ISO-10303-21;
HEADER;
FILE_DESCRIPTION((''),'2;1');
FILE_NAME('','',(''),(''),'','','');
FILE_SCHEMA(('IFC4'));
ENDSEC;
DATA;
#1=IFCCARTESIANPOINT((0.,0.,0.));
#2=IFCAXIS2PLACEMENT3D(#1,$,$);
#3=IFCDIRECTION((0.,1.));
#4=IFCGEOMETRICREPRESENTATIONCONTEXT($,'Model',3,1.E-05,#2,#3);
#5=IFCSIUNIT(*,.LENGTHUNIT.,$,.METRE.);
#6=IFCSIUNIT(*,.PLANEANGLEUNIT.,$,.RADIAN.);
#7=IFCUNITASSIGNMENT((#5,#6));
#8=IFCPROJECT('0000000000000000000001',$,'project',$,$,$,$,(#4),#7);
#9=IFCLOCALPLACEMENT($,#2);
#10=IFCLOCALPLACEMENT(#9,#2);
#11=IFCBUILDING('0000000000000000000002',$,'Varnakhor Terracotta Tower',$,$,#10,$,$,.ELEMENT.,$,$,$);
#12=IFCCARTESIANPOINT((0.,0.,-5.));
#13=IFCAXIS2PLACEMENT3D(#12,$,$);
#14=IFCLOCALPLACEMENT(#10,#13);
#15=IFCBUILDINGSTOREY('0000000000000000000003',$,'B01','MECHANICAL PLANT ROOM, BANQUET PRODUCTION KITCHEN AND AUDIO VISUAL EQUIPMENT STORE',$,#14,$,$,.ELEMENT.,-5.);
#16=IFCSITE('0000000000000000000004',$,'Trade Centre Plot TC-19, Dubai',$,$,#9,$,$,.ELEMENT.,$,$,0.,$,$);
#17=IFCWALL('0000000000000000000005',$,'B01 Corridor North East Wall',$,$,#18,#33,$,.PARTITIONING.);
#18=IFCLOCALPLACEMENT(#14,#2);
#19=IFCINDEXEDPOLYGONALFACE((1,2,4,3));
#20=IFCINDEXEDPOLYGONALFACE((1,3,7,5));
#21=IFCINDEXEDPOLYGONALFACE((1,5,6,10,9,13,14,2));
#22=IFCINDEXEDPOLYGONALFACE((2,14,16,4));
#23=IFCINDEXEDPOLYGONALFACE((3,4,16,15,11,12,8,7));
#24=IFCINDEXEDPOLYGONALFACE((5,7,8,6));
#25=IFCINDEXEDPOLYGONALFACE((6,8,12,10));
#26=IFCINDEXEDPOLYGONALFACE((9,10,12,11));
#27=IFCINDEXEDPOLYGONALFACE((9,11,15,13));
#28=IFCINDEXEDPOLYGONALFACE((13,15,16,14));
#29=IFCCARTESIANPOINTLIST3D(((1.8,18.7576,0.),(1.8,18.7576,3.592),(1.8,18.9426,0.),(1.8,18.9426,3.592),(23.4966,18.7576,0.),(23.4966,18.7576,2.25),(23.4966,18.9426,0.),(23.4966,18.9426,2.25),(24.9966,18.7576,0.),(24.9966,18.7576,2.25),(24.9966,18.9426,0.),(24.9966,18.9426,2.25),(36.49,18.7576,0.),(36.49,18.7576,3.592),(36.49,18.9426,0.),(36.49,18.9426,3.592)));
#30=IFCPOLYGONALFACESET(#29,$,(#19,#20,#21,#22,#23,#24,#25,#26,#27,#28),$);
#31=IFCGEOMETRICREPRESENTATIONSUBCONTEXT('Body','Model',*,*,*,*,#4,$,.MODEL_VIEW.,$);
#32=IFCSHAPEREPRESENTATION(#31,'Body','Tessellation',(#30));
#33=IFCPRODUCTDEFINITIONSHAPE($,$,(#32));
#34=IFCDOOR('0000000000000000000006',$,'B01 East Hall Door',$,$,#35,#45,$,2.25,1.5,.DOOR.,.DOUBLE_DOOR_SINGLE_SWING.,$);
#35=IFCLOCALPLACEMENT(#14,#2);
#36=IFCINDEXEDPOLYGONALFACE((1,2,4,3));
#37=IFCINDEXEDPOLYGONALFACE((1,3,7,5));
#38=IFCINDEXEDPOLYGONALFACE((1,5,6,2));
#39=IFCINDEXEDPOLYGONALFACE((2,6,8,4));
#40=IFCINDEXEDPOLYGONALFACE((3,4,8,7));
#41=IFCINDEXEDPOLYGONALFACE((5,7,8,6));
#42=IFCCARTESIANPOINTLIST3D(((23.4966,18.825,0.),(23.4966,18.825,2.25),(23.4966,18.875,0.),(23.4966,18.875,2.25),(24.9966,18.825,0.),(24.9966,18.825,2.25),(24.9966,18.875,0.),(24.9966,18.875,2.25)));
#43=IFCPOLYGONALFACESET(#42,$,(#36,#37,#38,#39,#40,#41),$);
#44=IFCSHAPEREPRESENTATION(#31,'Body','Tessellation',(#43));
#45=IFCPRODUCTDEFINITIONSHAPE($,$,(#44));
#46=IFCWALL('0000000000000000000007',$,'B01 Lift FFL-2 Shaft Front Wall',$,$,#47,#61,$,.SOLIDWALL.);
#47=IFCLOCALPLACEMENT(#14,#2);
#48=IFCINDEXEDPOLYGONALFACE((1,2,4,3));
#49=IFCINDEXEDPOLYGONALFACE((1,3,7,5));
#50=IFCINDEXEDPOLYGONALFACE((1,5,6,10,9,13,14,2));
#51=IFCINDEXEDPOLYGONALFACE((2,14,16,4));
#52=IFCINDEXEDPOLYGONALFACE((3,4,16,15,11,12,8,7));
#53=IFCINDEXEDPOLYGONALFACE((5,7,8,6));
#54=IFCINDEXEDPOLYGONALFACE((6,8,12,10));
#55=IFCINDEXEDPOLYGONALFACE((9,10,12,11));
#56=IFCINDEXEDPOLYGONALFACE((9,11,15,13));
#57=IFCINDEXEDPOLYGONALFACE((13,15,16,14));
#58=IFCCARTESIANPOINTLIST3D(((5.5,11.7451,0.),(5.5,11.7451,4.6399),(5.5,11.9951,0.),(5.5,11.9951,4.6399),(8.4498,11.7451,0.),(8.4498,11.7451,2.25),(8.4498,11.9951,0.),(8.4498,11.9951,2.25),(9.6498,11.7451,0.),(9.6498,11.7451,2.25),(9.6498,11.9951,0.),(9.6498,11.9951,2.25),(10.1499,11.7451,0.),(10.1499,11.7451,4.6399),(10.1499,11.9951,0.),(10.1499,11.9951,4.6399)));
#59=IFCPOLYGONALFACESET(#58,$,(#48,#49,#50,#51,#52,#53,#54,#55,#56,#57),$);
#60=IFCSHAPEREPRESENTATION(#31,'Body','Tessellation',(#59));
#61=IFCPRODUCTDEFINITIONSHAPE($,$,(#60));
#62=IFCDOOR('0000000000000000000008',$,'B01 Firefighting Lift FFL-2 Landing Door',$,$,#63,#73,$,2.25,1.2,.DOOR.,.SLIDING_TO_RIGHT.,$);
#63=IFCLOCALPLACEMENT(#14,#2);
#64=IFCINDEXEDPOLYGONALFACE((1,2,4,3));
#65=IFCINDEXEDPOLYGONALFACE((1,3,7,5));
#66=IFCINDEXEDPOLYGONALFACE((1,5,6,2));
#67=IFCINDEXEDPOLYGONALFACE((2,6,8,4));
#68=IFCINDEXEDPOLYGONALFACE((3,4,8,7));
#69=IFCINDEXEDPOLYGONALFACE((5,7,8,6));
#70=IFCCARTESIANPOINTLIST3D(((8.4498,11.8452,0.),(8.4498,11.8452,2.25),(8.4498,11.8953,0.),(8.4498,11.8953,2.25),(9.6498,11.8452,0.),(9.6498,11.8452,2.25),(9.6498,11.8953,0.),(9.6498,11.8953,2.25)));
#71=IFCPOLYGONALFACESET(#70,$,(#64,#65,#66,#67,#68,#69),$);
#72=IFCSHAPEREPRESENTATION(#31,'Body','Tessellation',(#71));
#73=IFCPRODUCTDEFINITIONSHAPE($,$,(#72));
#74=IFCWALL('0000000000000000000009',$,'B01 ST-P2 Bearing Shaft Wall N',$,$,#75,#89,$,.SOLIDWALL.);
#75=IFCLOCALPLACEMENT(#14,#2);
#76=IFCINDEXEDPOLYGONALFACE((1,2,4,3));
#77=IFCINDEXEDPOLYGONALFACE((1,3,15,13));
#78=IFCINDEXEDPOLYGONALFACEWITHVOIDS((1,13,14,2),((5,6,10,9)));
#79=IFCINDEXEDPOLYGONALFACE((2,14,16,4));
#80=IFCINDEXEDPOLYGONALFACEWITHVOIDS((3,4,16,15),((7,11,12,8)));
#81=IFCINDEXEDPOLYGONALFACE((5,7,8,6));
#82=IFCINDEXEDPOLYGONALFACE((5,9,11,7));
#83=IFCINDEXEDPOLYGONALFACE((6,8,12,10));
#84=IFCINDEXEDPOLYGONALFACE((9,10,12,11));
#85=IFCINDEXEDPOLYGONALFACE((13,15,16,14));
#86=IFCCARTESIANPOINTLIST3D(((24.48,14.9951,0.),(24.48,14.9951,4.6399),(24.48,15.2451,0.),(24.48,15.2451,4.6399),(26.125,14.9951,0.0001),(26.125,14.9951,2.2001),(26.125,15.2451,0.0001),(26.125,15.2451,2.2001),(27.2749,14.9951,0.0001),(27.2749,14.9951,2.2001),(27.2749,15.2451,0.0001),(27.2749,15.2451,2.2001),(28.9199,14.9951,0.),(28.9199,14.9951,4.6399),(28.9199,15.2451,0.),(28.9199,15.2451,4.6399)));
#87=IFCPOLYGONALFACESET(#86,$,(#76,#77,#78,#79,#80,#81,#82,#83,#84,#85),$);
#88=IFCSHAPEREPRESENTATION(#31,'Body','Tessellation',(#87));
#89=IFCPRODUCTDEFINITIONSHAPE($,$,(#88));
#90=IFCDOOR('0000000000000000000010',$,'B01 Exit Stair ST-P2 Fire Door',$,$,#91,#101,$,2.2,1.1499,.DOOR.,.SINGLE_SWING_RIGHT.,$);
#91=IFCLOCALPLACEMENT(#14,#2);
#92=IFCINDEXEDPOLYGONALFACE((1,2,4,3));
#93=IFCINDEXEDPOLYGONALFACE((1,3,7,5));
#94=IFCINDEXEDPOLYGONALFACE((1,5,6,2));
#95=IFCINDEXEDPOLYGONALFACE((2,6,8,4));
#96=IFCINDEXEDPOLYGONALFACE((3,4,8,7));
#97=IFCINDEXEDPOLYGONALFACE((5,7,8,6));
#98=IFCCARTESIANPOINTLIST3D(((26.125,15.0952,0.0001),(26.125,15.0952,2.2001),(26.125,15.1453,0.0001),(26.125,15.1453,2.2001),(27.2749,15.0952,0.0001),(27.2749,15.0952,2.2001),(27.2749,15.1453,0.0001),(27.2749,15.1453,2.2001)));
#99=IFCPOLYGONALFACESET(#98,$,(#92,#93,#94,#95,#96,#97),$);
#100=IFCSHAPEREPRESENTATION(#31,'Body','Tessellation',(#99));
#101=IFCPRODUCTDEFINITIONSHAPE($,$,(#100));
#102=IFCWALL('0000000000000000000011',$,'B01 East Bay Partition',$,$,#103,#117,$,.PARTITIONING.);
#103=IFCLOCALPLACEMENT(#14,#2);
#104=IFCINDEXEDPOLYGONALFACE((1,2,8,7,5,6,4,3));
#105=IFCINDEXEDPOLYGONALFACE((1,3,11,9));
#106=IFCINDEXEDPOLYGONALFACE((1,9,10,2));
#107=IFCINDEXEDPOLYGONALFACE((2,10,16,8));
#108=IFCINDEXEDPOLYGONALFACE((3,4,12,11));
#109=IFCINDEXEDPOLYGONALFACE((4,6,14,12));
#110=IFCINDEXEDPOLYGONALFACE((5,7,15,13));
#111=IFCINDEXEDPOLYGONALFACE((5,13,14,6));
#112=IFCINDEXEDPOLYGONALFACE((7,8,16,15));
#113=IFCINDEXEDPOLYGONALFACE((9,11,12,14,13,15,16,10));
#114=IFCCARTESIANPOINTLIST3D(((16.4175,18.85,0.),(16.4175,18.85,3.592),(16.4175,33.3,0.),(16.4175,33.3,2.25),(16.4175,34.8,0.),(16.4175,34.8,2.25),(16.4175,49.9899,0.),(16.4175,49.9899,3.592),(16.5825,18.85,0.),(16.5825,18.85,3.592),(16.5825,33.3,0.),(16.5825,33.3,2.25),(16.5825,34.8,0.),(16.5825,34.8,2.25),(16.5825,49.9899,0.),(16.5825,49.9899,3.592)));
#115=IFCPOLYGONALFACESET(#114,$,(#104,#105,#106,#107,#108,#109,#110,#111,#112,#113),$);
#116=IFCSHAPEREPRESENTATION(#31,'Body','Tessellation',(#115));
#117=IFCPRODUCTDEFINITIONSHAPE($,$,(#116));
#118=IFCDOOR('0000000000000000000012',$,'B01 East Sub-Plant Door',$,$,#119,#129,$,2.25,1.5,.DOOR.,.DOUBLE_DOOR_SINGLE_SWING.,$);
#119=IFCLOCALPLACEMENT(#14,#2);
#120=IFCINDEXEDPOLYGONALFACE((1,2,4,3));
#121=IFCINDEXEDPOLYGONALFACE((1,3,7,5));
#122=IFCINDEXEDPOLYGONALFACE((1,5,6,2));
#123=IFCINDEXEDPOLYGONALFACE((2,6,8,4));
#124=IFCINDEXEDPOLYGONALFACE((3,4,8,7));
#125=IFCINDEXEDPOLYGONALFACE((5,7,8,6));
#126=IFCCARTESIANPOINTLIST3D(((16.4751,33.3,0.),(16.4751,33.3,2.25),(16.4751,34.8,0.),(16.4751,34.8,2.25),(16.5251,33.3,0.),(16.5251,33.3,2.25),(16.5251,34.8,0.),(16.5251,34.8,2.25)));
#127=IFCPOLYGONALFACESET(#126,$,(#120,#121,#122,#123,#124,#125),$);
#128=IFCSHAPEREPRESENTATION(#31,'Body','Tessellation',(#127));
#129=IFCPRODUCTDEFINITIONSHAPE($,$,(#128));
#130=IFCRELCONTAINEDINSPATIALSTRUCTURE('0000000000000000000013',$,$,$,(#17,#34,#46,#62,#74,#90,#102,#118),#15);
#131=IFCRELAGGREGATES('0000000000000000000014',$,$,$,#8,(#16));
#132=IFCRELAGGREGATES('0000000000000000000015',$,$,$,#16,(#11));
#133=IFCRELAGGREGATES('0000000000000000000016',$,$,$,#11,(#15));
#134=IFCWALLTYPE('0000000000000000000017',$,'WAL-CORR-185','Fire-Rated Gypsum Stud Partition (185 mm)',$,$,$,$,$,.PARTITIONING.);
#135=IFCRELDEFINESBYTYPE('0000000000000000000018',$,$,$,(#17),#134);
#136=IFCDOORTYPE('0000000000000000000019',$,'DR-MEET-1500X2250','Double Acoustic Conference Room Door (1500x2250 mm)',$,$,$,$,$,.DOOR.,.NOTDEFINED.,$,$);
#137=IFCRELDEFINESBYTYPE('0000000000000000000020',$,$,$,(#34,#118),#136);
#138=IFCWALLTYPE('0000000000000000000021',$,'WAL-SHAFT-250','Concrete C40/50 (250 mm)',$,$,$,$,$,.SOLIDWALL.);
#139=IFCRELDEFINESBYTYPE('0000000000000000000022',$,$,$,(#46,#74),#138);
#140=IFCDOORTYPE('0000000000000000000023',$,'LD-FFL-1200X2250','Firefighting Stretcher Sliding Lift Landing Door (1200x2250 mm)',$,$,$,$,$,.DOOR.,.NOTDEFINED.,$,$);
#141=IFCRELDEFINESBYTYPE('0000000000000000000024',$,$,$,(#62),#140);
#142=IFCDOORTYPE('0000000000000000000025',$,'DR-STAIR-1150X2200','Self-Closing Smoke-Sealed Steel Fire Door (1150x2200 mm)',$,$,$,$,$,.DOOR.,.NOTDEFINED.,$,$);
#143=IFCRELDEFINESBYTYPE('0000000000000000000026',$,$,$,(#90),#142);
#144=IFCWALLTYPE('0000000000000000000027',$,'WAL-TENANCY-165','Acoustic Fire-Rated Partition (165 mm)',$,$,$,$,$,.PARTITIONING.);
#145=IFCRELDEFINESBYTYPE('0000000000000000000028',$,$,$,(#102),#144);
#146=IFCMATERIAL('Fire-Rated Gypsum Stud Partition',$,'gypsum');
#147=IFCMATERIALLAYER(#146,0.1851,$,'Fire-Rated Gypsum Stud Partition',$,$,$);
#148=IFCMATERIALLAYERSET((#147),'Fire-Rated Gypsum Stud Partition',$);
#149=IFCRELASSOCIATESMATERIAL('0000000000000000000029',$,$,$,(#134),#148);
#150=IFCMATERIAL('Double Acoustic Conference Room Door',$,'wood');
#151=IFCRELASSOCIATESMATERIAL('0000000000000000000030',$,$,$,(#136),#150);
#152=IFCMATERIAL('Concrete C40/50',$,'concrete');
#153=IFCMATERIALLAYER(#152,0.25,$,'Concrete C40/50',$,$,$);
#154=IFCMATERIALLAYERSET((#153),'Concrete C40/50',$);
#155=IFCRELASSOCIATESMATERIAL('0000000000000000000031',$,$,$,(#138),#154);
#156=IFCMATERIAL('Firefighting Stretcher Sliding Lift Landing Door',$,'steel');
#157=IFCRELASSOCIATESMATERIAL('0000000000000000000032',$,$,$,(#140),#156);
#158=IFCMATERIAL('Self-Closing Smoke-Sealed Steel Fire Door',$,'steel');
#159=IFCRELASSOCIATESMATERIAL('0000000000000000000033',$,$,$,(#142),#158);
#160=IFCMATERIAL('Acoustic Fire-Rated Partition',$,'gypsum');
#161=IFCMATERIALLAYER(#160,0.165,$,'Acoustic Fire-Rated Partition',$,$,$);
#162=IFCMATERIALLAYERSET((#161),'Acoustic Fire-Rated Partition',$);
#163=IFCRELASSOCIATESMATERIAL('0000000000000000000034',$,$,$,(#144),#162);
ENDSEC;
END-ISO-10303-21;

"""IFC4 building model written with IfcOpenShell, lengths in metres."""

from ifc_helpers import new_model, si_unit, direction, frame, frame_2d, origin, place, context, subcontext, project, spatial, rectangle, extrude, source, transform, mapped, material, layer, layer_set, type_object, type_shapes, element, fill, save


model = new_model("IFC4")

# Units and contexts
model_context = context("Model", 3, precision=1e-05, world=origin(), true_north=direction((0.0, 1.0)))
body_context = subcontext(model_context, "Body", "Model", "MODEL_VIEW")
ifc_project = project(units=[si_unit("LENGTHUNIT", "METRE"), si_unit("PLANEANGLEUNIT", "RADIAN")], contexts=[model_context])

# Site, building, storey
site_placement = place(None, origin())
site = spatial("IfcSite", under=ifc_project, at=site_placement, Name="Trade Centre Plot TC-19, Dubai", CompositionType="ELEMENT", RefElevation=0.0)
building_placement = place(site_placement, origin())
building = spatial("IfcBuilding", under=site, at=building_placement, Name="Varnakhor Terracotta Tower", CompositionType="ELEMENT")
storey_placement = place(building_placement, frame((0.0, 0.0, -5.0)))
storey = spatial("IfcBuildingStorey", under=building, at=storey_placement, Name="B01", Description="MECHANICAL PLANT ROOM, BANQUET PRODUCTION KITCHEN AND AUDIO VISUAL EQUIPMENT STORE", CompositionType="ELEMENT", Elevation=-5.0)

# Walls, openings, doors
ifc_material_1 = material(Name="Fire-Rated Gypsum Stud Partition", Category="gypsum")
ifc_layer_1 = layer(ifc_material_1, 0.1851, Name="Fire-Rated Gypsum Stud Partition")
ifc_layer_set_1 = layer_set([ifc_layer_1], Name="Fire-Rated Gypsum Stud Partition")
wall_type_1 = type_object("IfcWallType", Name="WAL-CORR-185", Description="Fire-Rated Gypsum Stud Partition (185 mm)", PredefinedType="PARTITIONING", material=ifc_layer_set_1)
ifc_material_2 = material(Name="Double Acoustic Conference Room Door", Category="wood")
door_type_1 = type_object("IfcDoorType", Name="DR-MEET-1500X2250", Description="Double Acoustic Conference Room Door (1500x2250 mm)", OperationType="NOTDEFINED", PredefinedType="DOOR", material=ifc_material_2)
shared_shape_1 = source(origin(), body_context, "Body", "SweptSolid", [
    extrude(rectangle(XDim=1.5, YDim=2.25, at=frame_2d((0.75, 1.125))), frame((0.0, 0.0249, 0.0), z_axis=(0.0, -1.0, 0.0), x_axis=(1.0, 0.0, 0.0)), (0.0, 0.0, 1.0), 0.05),
])
type_shapes(door_type_1, [shared_shape_1])
wall_1_placement = place(storey_placement, frame((1.8, 18.8501, 0.0), z_axis=(0.0, 0.0, 1.0), x_axis=(1.0, 0.0, 0.0)))
wall_1 = element("IfcWall", 1, at=wall_1_placement, inside=storey, type_object=wall_type_1, Name="B01 Corridor North East Wall", PredefinedType="PARTITIONING", context=body_context, shape_type="SweptSolid", body=[
    extrude(rectangle(XDim=34.6899, YDim=0.1851, at=frame_2d((17.345, 0.0))), origin(), (0.0, 0.0, 1.0), 3.592),
])
opening_1_placement = place(wall_1_placement, frame((21.6965, 0.0, 0.0)))
opening_1 = element("IfcOpeningElement", 2, at=opening_1_placement, cuts=wall_1, PredefinedType="OPENING", context=body_context, shape_type="SweptSolid", body=[
    extrude(rectangle(XDim=1.5, YDim=2.25, at=frame_2d((0.75, 1.125))), frame((0.0, 0.1025, 0.0), z_axis=(0.0, -1.0, 0.0), x_axis=(1.0, 0.0, 0.0)), (0.0, 0.0, 1.0), 0.2051),
])
door_1_placement = place(opening_1_placement, origin())
door_1 = element("IfcDoor", 3, at=door_1_placement, inside=storey, type_object=door_type_1, Name="B01 East Hall Door", OperationType="DOUBLE_DOOR_SINGLE_SWING", OverallHeight=2.25, OverallWidth=1.5, PredefinedType="DOOR", context=body_context, shape_type="MappedRepresentation", body=[
    mapped(shared_shape_1, transform((0.0, 0.0, 0.0), scale=1.0)),
])
fill(opening_1, door_1)
ifc_material_3 = material(Name="Concrete C40/50", Category="concrete")
ifc_layer_2 = layer(ifc_material_3, 0.25, Name="Concrete C40/50")
ifc_layer_set_2 = layer_set([ifc_layer_2], Name="Concrete C40/50")
wall_type_2 = type_object("IfcWallType", Name="WAL-SHAFT-250", Description="Concrete C40/50 (250 mm)", PredefinedType="SOLIDWALL", material=ifc_layer_set_2)
wall_2_placement = place(storey_placement, frame((10.1499, 11.8701, 0.0), z_axis=(0.0, 0.0, 1.0), x_axis=(-1.0, 0.0, 0.0)))
wall_2 = element("IfcWall", 4, at=wall_2_placement, inside=storey, type_object=wall_type_2, Name="B01 Lift FFL-2 Shaft Front Wall", PredefinedType="SOLIDWALL", context=body_context, shape_type="SweptSolid", body=[
    extrude(rectangle(XDim=4.6499, YDim=0.25, at=frame_2d((2.325, 0.0))), origin(), (0.0, 0.0, 1.0), 4.6399),
])
opening_2_placement = place(wall_2_placement, frame((0.5, 0.0, 0.0)))
opening_2 = element("IfcOpeningElement", 5, at=opening_2_placement, cuts=wall_2, PredefinedType="OPENING", context=body_context, shape_type="SweptSolid", body=[
    extrude(rectangle(XDim=1.2, YDim=2.25, at=frame_2d((0.6001, 1.125))), frame((0.0, 0.135, 0.0), z_axis=(0.0, -1.0, 0.0), x_axis=(1.0, 0.0, 0.0)), (0.0, 0.0, 1.0), 0.27),
])
ifc_material_4 = material(Name="Firefighting Stretcher Sliding Lift Landing Door", Category="steel")
door_type_2 = type_object("IfcDoorType", Name="LD-FFL-1200X2250", Description="Firefighting Stretcher Sliding Lift Landing Door (1200x2250 mm)", OperationType="NOTDEFINED", PredefinedType="DOOR", material=ifc_material_4)
shared_shape_2 = source(origin(), body_context, "Body", "SweptSolid", [
    extrude(rectangle(XDim=1.2, YDim=2.25, at=frame_2d((0.6001, 1.125))), frame((0.0, 0.0249, 0.0), z_axis=(0.0, -1.0, 0.0), x_axis=(1.0, 0.0, 0.0)), (0.0, 0.0, 1.0), 0.05),
])
type_shapes(door_type_2, [shared_shape_2])
door_2_placement = place(opening_2_placement, origin())
door_2 = element("IfcDoor", 6, at=door_2_placement, inside=storey, type_object=door_type_2, Name="B01 Firefighting Lift FFL-2 Landing Door", OperationType="SLIDING_TO_RIGHT", OverallHeight=2.25, OverallWidth=1.2, PredefinedType="DOOR", context=body_context, shape_type="MappedRepresentation", body=[
    mapped(shared_shape_2, transform((0.0, 0.0, 0.0), scale=1.0)),
])
fill(opening_2, door_2)
wall_3_placement = place(storey_placement, frame((28.9199, 15.1201, 0.0), z_axis=(0.0, 0.0, 1.0), x_axis=(-1.0, 0.0, 0.0)))
wall_3 = element("IfcWall", 7, at=wall_3_placement, inside=storey, type_object=wall_type_2, Name="B01 ST-P2 Bearing Shaft Wall N", PredefinedType="SOLIDWALL", context=body_context, shape_type="SweptSolid", body=[
    extrude(rectangle(XDim=4.4399, YDim=0.25, at=frame_2d((2.22, 0.0))), origin(), (0.0, 0.0, 1.0), 4.6399),
])
opening_3_placement = place(wall_3_placement, frame((1.645, 0.0, 0.0)))
opening_3 = element("IfcOpeningElement", 8, at=opening_3_placement, cuts=wall_3, PredefinedType="OPENING", context=body_context, shape_type="SweptSolid", body=[
    extrude(rectangle(XDim=1.1499, YDim=2.2, at=frame_2d((0.575, 1.1001))), frame((0.0, 0.135, 0.0), z_axis=(0.0, -1.0, 0.0), x_axis=(1.0, 0.0, 0.0)), (0.0, 0.0, 1.0), 0.27),
])
ifc_material_5 = material(Name="Self-Closing Smoke-Sealed Steel Fire Door", Category="steel")
door_type_3 = type_object("IfcDoorType", Name="DR-STAIR-1150X2200", Description="Self-Closing Smoke-Sealed Steel Fire Door (1150x2200 mm)", OperationType="NOTDEFINED", PredefinedType="DOOR", material=ifc_material_5)
shared_shape_3 = source(origin(), body_context, "Body", "SweptSolid", [
    extrude(rectangle(XDim=1.1499, YDim=2.2, at=frame_2d((0.575, 1.1001))), frame((0.0, 0.0249, 0.0), z_axis=(0.0, -1.0, 0.0), x_axis=(1.0, 0.0, 0.0)), (0.0, 0.0, 1.0), 0.05),
])
type_shapes(door_type_3, [shared_shape_3])
door_3_placement = place(opening_3_placement, origin())
door_3 = element("IfcDoor", 9, at=door_3_placement, inside=storey, type_object=door_type_3, Name="B01 Exit Stair ST-P2 Fire Door", OperationType="SINGLE_SWING_RIGHT", OverallHeight=2.2, OverallWidth=1.1499, PredefinedType="DOOR", context=body_context, shape_type="MappedRepresentation", body=[
    mapped(shared_shape_3, transform((0.0, 0.0, 0.0), scale=1.0)),
])
fill(opening_3, door_3)
ifc_material_6 = material(Name="Acoustic Fire-Rated Partition", Category="gypsum")
ifc_layer_3 = layer(ifc_material_6, 0.165, Name="Acoustic Fire-Rated Partition")
ifc_layer_set_3 = layer_set([ifc_layer_3], Name="Acoustic Fire-Rated Partition")
wall_type_3 = type_object("IfcWallType", Name="WAL-TENANCY-165", Description="Acoustic Fire-Rated Partition (165 mm)", PredefinedType="PARTITIONING", material=ifc_layer_set_3)
wall_4_placement = place(storey_placement, frame((16.5, 18.8501, 0.0), z_axis=(0.0, 0.0, 1.0), x_axis=(0.0, 1.0, 0.0)))
wall_4 = element("IfcWall", 10, at=wall_4_placement, inside=storey, type_object=wall_type_3, Name="B01 East Bay Partition", PredefinedType="PARTITIONING", context=body_context, shape_type="SweptSolid", body=[
    extrude(rectangle(XDim=31.1399, YDim=0.165, at=frame_2d((15.5698, 0.0))), origin(), (0.0, 0.0, 1.0), 3.592),
])
opening_4_placement = place(wall_4_placement, frame((14.45, 0.0, 0.0)))
opening_4 = element("IfcOpeningElement", 11, at=opening_4_placement, cuts=wall_4, PredefinedType="OPENING", context=body_context, shape_type="SweptSolid", body=[
    extrude(rectangle(XDim=1.5, YDim=2.25, at=frame_2d((0.75, 1.125))), frame((0.0, 0.0925, 0.0), z_axis=(0.0, -1.0, 0.0), x_axis=(1.0, 0.0, 0.0)), (0.0, 0.0, 1.0), 0.1851),
])
door_4_placement = place(opening_4_placement, origin())
door_4 = element("IfcDoor", 12, at=door_4_placement, inside=storey, type_object=door_type_1, Name="B01 East Sub-Plant Door", OperationType="DOUBLE_DOOR_SINGLE_SWING", OverallHeight=2.25, OverallWidth=1.5, PredefinedType="DOOR", context=body_context, shape_type="MappedRepresentation", body=[
    mapped(shared_shape_1, transform((0.0, 0.0, 0.0), scale=1.0)),
])
fill(opening_4, door_4)

save(model, "model.ifc")
